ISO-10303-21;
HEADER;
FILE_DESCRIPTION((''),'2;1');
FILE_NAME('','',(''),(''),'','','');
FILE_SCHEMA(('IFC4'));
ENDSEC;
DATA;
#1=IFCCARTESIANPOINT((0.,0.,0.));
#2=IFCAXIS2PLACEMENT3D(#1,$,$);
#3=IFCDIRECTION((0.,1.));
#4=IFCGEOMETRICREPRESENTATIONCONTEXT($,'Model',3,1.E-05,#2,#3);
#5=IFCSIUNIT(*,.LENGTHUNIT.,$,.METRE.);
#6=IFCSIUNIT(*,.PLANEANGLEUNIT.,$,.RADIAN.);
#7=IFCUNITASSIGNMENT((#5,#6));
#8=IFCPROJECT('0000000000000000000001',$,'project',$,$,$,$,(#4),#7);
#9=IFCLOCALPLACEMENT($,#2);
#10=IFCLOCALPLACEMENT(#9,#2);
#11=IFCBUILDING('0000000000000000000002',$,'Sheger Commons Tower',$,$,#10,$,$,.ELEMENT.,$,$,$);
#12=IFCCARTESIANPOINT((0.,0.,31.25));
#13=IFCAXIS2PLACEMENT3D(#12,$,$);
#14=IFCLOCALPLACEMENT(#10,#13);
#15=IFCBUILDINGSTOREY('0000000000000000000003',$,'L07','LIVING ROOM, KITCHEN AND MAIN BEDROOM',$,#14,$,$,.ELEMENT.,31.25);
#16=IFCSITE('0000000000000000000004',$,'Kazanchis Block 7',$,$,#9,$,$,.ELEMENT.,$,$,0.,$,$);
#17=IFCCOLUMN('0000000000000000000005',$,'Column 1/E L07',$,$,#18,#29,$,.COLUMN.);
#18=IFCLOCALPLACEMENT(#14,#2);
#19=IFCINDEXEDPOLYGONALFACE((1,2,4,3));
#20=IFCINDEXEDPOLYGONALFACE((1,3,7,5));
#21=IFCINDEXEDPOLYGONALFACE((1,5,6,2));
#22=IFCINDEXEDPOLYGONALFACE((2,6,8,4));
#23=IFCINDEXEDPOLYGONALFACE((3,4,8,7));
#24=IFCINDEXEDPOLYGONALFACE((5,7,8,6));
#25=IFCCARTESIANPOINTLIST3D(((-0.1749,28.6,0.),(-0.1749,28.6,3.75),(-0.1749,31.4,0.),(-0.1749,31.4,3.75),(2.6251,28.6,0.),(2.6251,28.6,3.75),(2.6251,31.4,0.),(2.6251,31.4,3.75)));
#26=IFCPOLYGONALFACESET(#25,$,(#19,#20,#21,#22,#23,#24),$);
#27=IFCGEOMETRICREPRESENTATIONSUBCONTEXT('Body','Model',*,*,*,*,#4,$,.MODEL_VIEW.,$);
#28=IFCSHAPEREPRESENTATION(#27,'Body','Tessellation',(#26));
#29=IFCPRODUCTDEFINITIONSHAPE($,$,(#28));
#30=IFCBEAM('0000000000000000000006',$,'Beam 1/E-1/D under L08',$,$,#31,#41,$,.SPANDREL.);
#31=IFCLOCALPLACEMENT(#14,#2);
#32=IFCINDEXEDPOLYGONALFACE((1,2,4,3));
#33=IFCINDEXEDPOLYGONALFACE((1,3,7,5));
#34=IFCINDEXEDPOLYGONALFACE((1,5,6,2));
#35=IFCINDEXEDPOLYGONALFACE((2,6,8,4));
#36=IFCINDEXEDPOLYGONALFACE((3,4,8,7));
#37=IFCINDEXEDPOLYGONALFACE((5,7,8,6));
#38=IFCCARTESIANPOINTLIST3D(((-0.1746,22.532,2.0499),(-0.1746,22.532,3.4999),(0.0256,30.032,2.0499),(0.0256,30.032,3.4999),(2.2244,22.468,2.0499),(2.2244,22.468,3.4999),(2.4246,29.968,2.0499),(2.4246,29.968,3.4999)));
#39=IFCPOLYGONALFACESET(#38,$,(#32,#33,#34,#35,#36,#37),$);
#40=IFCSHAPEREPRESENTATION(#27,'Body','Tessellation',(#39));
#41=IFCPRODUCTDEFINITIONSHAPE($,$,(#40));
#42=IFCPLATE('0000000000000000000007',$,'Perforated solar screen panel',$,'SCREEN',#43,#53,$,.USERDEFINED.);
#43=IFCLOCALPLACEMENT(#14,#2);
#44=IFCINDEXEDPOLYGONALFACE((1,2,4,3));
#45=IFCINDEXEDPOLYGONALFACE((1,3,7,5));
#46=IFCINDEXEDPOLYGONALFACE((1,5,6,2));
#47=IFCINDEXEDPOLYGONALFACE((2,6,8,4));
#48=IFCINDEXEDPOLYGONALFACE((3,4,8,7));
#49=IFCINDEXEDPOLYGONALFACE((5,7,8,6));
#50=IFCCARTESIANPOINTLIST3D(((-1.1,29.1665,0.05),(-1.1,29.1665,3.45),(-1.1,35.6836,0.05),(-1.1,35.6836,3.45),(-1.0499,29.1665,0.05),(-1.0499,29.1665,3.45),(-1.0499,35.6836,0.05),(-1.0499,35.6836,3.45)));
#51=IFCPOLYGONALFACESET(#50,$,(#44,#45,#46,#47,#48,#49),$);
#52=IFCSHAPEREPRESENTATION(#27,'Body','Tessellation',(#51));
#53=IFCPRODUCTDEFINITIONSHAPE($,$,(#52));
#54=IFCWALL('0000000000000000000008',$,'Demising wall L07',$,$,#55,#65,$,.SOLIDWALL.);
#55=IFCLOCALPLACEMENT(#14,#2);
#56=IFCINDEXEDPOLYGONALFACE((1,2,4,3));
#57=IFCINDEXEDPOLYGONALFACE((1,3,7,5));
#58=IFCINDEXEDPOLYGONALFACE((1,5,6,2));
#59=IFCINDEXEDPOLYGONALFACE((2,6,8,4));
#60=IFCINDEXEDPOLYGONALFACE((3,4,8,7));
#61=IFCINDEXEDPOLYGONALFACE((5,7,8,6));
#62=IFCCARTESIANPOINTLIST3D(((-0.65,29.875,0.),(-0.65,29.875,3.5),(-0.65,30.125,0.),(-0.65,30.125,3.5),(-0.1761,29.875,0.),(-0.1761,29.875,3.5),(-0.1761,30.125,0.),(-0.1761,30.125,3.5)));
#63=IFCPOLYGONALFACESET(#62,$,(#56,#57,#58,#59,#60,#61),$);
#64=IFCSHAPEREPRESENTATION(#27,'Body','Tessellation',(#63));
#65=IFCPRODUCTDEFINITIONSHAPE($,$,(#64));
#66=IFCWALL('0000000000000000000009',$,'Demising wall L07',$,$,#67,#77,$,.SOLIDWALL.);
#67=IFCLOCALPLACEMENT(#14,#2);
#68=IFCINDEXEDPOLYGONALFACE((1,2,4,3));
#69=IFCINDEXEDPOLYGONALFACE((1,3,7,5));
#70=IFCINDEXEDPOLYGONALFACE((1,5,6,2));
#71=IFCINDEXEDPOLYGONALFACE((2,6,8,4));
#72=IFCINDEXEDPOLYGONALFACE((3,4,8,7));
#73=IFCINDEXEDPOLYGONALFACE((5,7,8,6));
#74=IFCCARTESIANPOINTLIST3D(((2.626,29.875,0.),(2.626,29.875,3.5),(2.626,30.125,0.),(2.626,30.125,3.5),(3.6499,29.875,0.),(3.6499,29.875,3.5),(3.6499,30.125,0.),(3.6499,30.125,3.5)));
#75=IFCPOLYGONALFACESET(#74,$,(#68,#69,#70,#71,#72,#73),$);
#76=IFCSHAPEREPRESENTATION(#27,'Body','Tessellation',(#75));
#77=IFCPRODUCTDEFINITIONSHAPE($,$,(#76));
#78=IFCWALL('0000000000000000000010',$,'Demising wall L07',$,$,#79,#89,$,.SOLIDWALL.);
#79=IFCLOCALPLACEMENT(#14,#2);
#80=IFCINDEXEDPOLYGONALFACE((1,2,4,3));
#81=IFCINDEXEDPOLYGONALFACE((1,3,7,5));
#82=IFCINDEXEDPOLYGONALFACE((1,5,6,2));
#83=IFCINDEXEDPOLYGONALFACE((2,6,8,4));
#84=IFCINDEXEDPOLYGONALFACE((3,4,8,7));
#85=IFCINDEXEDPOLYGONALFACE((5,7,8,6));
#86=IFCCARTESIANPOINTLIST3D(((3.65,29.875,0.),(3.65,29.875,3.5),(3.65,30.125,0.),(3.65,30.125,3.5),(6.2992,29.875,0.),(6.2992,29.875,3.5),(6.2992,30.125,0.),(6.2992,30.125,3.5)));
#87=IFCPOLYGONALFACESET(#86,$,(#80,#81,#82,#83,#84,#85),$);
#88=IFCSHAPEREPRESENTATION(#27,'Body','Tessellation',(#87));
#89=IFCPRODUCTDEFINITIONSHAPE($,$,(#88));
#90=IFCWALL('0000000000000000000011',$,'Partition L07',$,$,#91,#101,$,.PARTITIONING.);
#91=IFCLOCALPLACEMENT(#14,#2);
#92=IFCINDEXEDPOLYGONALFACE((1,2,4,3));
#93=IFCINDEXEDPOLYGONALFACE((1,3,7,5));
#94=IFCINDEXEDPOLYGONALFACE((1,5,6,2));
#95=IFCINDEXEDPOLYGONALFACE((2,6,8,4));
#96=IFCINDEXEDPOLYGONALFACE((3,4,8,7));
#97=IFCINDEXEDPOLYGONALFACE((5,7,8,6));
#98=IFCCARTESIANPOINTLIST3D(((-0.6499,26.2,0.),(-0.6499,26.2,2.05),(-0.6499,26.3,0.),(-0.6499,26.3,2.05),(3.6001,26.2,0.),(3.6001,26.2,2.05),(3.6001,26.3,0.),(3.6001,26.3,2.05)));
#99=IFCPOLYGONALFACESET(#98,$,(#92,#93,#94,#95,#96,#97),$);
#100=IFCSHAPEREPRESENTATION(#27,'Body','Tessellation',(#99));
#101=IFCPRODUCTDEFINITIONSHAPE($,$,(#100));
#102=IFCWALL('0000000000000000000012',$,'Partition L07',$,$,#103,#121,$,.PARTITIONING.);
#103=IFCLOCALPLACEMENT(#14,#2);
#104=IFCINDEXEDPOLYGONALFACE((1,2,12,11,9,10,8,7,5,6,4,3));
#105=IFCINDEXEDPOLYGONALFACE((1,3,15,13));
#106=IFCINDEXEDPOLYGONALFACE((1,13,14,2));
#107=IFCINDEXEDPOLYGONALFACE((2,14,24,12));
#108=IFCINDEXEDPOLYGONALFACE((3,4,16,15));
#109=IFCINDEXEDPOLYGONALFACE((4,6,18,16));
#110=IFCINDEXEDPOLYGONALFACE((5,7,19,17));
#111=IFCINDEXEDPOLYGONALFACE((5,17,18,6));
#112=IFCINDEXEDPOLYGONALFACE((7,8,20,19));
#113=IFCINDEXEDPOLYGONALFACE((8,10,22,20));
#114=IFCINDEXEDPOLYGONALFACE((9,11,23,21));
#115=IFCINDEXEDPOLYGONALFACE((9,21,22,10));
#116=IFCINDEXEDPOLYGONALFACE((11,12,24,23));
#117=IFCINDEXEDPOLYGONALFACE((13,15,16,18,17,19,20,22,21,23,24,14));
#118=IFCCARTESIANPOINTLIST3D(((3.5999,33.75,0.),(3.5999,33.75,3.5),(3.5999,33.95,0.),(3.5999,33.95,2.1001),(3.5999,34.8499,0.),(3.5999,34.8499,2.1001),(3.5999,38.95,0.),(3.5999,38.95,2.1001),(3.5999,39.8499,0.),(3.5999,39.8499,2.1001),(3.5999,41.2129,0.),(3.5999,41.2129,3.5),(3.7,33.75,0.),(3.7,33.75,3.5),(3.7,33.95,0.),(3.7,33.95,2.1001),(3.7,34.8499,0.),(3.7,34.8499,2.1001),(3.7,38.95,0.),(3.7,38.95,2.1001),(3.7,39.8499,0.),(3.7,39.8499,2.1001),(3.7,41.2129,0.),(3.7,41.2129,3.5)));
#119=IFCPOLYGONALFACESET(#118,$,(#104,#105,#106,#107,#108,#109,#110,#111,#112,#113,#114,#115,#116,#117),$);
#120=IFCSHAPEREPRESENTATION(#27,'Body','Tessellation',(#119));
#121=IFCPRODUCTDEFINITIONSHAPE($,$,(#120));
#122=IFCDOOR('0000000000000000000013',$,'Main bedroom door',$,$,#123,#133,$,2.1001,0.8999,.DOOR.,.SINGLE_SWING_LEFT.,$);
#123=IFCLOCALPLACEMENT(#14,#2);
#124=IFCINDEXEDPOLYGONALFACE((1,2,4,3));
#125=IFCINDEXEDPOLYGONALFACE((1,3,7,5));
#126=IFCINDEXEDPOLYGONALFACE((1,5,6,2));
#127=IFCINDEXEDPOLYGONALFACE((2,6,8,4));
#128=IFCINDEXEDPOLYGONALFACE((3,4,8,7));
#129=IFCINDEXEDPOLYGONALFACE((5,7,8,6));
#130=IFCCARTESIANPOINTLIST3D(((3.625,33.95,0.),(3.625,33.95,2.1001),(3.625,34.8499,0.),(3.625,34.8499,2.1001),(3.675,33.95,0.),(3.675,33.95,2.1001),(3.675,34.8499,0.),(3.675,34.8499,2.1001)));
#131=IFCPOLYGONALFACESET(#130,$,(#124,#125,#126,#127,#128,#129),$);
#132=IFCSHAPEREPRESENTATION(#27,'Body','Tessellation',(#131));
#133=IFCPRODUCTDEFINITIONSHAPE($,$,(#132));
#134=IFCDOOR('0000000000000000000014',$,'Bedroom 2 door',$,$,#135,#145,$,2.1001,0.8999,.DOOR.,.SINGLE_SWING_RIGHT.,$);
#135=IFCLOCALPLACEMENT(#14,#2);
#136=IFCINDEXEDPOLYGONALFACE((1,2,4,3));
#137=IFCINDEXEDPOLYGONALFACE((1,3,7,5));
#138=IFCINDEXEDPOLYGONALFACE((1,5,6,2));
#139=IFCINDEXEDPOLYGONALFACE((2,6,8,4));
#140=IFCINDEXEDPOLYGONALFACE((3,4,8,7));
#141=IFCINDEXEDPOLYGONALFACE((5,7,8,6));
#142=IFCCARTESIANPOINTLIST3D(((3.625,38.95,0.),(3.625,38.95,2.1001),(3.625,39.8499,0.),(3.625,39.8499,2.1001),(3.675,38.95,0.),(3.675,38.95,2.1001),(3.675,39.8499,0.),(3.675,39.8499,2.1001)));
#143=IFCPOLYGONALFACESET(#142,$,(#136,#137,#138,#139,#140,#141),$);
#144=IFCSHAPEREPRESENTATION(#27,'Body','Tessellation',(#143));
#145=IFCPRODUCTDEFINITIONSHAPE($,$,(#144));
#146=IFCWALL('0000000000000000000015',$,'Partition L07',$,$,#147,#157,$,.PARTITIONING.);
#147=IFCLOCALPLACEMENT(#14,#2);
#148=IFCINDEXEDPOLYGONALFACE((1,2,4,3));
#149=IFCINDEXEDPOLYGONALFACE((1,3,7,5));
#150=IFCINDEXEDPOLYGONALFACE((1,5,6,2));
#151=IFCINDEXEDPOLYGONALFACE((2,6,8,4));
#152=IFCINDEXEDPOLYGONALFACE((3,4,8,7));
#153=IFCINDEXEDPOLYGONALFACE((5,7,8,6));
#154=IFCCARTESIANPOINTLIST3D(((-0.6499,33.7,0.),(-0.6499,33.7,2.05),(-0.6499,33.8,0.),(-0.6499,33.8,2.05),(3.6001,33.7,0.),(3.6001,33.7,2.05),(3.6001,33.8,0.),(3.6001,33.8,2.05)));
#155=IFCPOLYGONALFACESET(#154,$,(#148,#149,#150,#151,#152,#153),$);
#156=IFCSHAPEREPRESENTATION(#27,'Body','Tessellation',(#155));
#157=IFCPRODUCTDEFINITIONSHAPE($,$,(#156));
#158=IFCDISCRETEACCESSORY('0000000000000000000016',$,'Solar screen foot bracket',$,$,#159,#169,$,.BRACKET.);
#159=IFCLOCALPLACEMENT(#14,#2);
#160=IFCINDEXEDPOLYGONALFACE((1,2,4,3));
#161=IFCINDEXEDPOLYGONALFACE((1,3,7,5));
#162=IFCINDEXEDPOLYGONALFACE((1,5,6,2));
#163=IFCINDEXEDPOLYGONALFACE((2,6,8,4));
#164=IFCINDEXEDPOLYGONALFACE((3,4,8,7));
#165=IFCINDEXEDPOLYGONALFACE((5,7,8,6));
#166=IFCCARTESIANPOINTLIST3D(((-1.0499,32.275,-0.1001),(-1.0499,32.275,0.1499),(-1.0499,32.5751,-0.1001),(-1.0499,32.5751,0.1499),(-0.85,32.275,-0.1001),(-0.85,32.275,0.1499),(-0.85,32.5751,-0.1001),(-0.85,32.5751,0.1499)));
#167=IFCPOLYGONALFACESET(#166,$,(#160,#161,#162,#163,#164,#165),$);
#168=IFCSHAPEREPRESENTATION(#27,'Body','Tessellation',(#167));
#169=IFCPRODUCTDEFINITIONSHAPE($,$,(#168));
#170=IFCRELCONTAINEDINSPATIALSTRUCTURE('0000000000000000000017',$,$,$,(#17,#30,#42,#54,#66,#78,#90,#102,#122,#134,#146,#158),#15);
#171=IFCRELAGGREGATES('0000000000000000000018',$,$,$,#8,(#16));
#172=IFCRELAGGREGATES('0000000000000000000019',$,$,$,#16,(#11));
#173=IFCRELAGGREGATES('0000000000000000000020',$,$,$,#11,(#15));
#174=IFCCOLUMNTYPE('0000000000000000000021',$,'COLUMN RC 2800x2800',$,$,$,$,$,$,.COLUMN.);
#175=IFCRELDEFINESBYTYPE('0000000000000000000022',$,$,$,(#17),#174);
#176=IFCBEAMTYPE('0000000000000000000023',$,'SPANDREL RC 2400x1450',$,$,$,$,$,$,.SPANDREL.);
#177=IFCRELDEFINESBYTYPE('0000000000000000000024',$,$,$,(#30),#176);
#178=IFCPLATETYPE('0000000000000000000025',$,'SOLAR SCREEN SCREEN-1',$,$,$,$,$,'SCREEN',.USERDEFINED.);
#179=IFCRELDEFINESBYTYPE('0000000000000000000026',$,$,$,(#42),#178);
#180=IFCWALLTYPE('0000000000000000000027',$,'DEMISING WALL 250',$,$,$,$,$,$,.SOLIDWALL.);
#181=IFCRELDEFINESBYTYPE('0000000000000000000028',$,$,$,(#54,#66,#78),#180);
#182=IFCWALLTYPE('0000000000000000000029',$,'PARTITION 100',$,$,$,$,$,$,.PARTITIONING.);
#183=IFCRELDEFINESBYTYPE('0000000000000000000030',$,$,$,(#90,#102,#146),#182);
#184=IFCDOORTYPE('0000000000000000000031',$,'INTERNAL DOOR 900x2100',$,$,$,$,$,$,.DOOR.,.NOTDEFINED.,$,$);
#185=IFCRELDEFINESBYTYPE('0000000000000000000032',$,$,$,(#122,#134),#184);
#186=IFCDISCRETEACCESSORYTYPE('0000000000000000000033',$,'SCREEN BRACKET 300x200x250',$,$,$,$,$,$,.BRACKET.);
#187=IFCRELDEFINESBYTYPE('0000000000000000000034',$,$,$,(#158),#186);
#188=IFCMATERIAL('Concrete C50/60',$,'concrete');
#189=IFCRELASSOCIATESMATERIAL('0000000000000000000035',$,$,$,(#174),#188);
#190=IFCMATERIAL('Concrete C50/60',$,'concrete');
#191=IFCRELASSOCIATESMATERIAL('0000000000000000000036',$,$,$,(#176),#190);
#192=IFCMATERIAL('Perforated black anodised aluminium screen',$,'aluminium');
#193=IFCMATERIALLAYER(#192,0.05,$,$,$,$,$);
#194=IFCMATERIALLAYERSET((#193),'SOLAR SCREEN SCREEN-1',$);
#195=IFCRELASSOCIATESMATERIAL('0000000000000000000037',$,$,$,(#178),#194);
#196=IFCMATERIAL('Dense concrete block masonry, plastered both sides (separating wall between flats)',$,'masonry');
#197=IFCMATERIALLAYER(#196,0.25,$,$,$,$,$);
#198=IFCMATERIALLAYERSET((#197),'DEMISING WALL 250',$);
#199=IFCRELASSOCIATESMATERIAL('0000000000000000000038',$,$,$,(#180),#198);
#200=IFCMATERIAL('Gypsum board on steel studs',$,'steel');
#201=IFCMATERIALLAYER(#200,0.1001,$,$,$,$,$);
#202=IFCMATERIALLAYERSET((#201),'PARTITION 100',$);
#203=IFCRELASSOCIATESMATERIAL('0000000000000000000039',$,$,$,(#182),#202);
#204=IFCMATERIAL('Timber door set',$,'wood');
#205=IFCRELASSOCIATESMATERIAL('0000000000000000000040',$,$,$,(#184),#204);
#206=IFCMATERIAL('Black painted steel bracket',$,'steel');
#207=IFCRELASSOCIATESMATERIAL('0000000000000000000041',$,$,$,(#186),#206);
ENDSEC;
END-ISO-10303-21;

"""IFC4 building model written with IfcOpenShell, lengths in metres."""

from ifc_helpers import new_model, si_unit, direction, frame, frame_2d, origin, origin_2d, place, context, subcontext, project, spatial, rectangle, extrude, material, layer, layer_set, material_profile, profile_set, type_object, element, fill, save


model = new_model("IFC4")

# Units and contexts
model_context = context("Model", 3, precision=1e-05, world=origin(), true_north=direction((0.0, 1.0)))
body_context = subcontext(model_context, "Body", "Model", "MODEL_VIEW")
ifc_project = project(units=[si_unit("LENGTHUNIT", "METRE"), si_unit("PLANEANGLEUNIT", "RADIAN")], contexts=[model_context])

# Site, building, storey
site_placement = place(None, origin())
site = spatial("IfcSite", under=ifc_project, at=site_placement, Name="Kazanchis Block 7", CompositionType="ELEMENT", RefElevation=0.0)
building_placement = place(site_placement, origin())
building = spatial("IfcBuilding", under=site, at=building_placement, Name="Sheger Commons Tower", CompositionType="ELEMENT")
storey_placement = place(building_placement, frame((0.0, 0.0, 31.25)))
storey = spatial("IfcBuildingStorey", under=building, at=storey_placement, Name="L07", Description="LIVING ROOM, KITCHEN AND MAIN BEDROOM", CompositionType="ELEMENT", Elevation=31.25)

# Column
ifc_material_1 = material(Name="Concrete C50/60", Category="concrete")
ifc_material_profile_1 = material_profile(ifc_material_1, rectangle(XDim=2.8, YDim=2.8, at=origin_2d()), Name="RC 2800x2800")
ifc_profile_set_1 = profile_set([ifc_material_profile_1], Name="Concrete C50/60")
column_type = type_object("IfcColumnType", Name="COLUMN RC 2800x2800", PredefinedType="COLUMN", material=ifc_profile_set_1)
column_placement = place(storey_placement, frame((1.2251, 30.0, 0.0), z_axis=(0.0, 0.0, 1.0), x_axis=(1.0, 0.0, 0.0)))
element("IfcColumn", 1, at=column_placement, inside=storey, type_object=column_type, Name="Column 1/E L07", PredefinedType="COLUMN", context=body_context, shape_type="SweptSolid", body=[
    extrude(rectangle(XDim=2.8, YDim=2.8, at=origin_2d()), origin(), (0.0, 0.0, 1.0), 3.75),
])

# Beam
ifc_material_2 = material(Name="Concrete C50/60", Category="concrete")
ifc_material_profile_2 = material_profile(ifc_material_2, rectangle(XDim=2.3999, YDim=1.45, at=origin_2d()), Name="RC 2400x1450")
ifc_profile_set_2 = profile_set([ifc_material_profile_2], Name="Concrete C50/60")
beam_type = type_object("IfcBeamType", Name="SPANDREL RC 2400x1450", PredefinedType="SPANDREL", material=ifc_profile_set_2)
beam_placement = place(storey_placement, frame((1.2251, 30.0, 2.7749), z_axis=(-0.026683, -0.999644, 0.0), x_axis=(0.999644, -0.026683, 0.0)))
element("IfcBeam", 2, at=beam_placement, inside=storey, type_object=beam_type, Name="Beam 1/E-1/D under L08", PredefinedType="SPANDREL", context=body_context, shape_type="SweptSolid", body=[
    extrude(rectangle(XDim=2.3999, YDim=1.45, at=origin_2d()), origin(), (0.0, 0.0, 1.0), 7.5027),
])

# Plate
ifc_material_3 = material(Name="Perforated black anodised aluminium screen", Category="aluminium")
ifc_layer_1 = layer(ifc_material_3, 0.05)
ifc_layer_set_1 = layer_set([ifc_layer_1], Name="SOLAR SCREEN SCREEN-1")
plate_type = type_object("IfcPlateType", Name="SOLAR SCREEN SCREEN-1", ElementType="SCREEN", PredefinedType="USERDEFINED", material=ifc_layer_set_1)
plate_placement = place(storey_placement, frame((-1.075, 32.425, 0.05), z_axis=(0.0, 0.0, 1.0), x_axis=(0.0, -1.0, 0.0)))
element("IfcPlate", 3, at=plate_placement, inside=storey, type_object=plate_type, Name="Perforated solar screen panel", ObjectType="SCREEN", PredefinedType="USERDEFINED", context=body_context, shape_type="SweptSolid", body=[
    extrude(rectangle(XDim=6.5171, YDim=0.05, at=origin_2d()), origin(), (0.0, 0.0, 1.0), 3.3999),
])

# Walls
ifc_material_4 = material(Name="Dense concrete block masonry, plastered both sides (separating wall between flats)", Category="masonry")
ifc_layer_2 = layer(ifc_material_4, 0.25)
ifc_layer_set_2 = layer_set([ifc_layer_2], Name="DEMISING WALL 250")
wall_type_1 = type_object("IfcWallType", Name="DEMISING WALL 250", PredefinedType="SOLIDWALL", material=ifc_layer_set_2)
wall_1_placement = place(storey_placement, frame((-0.6499, 30.0, 0.0), z_axis=(0.0, 0.0, 1.0), x_axis=(1.0, 0.0, 0.0)))
element("IfcWall", 4, at=wall_1_placement, inside=storey, type_object=wall_type_1, Name="Demising wall L07", PredefinedType="SOLIDWALL", context=body_context, shape_type="SweptSolid", body=[
    extrude(rectangle(XDim=0.4739, YDim=0.25, at=frame_2d((0.2368, 0.0))), origin(), (0.0, 0.0, 1.0), 3.5),
])
wall_2_placement = place(storey_placement, frame((2.626, 30.0, 0.0), z_axis=(0.0, 0.0, 1.0), x_axis=(1.0, 0.0, 0.0)))
element("IfcWall", 5, at=wall_2_placement, inside=storey, type_object=wall_type_1, Name="Demising wall L07", PredefinedType="SOLIDWALL", context=body_context, shape_type="SweptSolid", body=[
    extrude(rectangle(XDim=1.0239, YDim=0.25, at=frame_2d((0.512, 0.0))), origin(), (0.0, 0.0, 1.0), 3.5),
])
wall_3_placement = place(storey_placement, frame((3.6499, 30.0, 0.0), z_axis=(0.0, 0.0, 1.0), x_axis=(1.0, 0.0, 0.0)))
element("IfcWall", 6, at=wall_3_placement, inside=storey, type_object=wall_type_1, Name="Demising wall L07", PredefinedType="SOLIDWALL", context=body_context, shape_type="SweptSolid", body=[
    extrude(rectangle(XDim=2.6492, YDim=0.25, at=frame_2d((1.3247, 0.0))), origin(), (0.0, 0.0, 1.0), 3.5),
])
ifc_material_5 = material(Name="Gypsum board on steel studs", Category="steel")
ifc_layer_3 = layer(ifc_material_5, 0.1001)
ifc_layer_set_3 = layer_set([ifc_layer_3], Name="PARTITION 100")
wall_type_2 = type_object("IfcWallType", Name="PARTITION 100", PredefinedType="PARTITIONING", material=ifc_layer_set_3)
wall_4_placement = place(storey_placement, frame((-0.6499, 26.25, 0.0), z_axis=(0.0, 0.0, 1.0), x_axis=(1.0, 0.0, 0.0)))
element("IfcWall", 7, at=wall_4_placement, inside=storey, type_object=wall_type_2, Name="Partition L07", PredefinedType="PARTITIONING", context=body_context, shape_type="SweptSolid", body=[
    extrude(rectangle(XDim=4.25, YDim=0.1001, at=frame_2d((2.125, 0.0))), origin(), (0.0, 0.0, 1.0), 2.05),
])

# Wall, openings, doors
wall_5_placement = place(storey_placement, frame((3.6499, 33.75, 0.0), z_axis=(0.0, 0.0, 1.0), x_axis=(0.0, 1.0, 0.0)))
wall_5 = element("IfcWall", 8, at=wall_5_placement, inside=storey, type_object=wall_type_2, Name="Partition L07", PredefinedType="PARTITIONING", context=body_context, shape_type="SweptSolid", body=[
    extrude(rectangle(XDim=7.4629, YDim=0.1001, at=frame_2d((3.7314, 0.0))), origin(), (0.0, 0.0, 1.0), 3.5),
])
opening_1_placement = place(wall_5_placement, frame((0.2, 0.0, 0.0)))
opening_1 = element("IfcOpeningElement", 9, at=opening_1_placement, cuts=wall_5, PredefinedType="OPENING", context=body_context, shape_type="SweptSolid", body=[
    extrude(rectangle(XDim=0.8999, YDim=2.1001, at=frame_2d((0.45, 1.05))), frame((0.0, 0.0601, 0.0), z_axis=(0.0, -1.0, 0.0), x_axis=(1.0, 0.0, 0.0)), (0.0, 0.0, 1.0), 0.1201),
])
opening_2_placement = place(wall_5_placement, frame((5.2, 0.0, 0.0)))
opening_2 = element("IfcOpeningElement", 10, at=opening_2_placement, cuts=wall_5, PredefinedType="OPENING", context=body_context, shape_type="SweptSolid", body=[
    extrude(rectangle(XDim=0.8999, YDim=2.1001, at=frame_2d((0.45, 1.05))), frame((0.0, 0.0601, 0.0), z_axis=(0.0, -1.0, 0.0), x_axis=(1.0, 0.0, 0.0)), (0.0, 0.0, 1.0), 0.1201),
])
ifc_material_6 = material(Name="Timber door set", Category="wood")
door_type = type_object("IfcDoorType", Name="INTERNAL DOOR 900x2100", OperationType="NOTDEFINED", PredefinedType="DOOR", material=ifc_material_6)
door_1_placement = place(opening_1_placement, origin())
door_1 = element("IfcDoor", 11, at=door_1_placement, inside=storey, type_object=door_type, Name="Main bedroom door", OperationType="SINGLE_SWING_LEFT", OverallHeight=2.1001, OverallWidth=0.8999, PredefinedType="DOOR", context=body_context, shape_type="SweptSolid", body=[
    extrude(rectangle(XDim=0.8999, YDim=2.1001, at=frame_2d((0.45, 1.05))), frame((0.0, 0.0249, 0.0), z_axis=(0.0, -1.0, 0.0), x_axis=(1.0, 0.0, 0.0)), (0.0, 0.0, 1.0), 0.05),
])
fill(opening_1, door_1)
door_2_placement = place(opening_2_placement, origin())
door_2 = element("IfcDoor", 12, at=door_2_placement, inside=storey, type_object=door_type, Name="Bedroom 2 door", OperationType="SINGLE_SWING_RIGHT", OverallHeight=2.1001, OverallWidth=0.8999, PredefinedType="DOOR", context=body_context, shape_type="SweptSolid", body=[
    extrude(rectangle(XDim=0.8999, YDim=2.1001, at=frame_2d((0.45, 1.05))), frame((0.0, 0.0249, 0.0), z_axis=(0.0, -1.0, 0.0), x_axis=(1.0, 0.0, 0.0)), (0.0, 0.0, 1.0), 0.05),
])
fill(opening_2, door_2)

# Wall
wall_6_placement = place(storey_placement, frame((-0.6499, 33.75, 0.0), z_axis=(0.0, 0.0, 1.0), x_axis=(1.0, 0.0, 0.0)))
element("IfcWall", 13, at=wall_6_placement, inside=storey, type_object=wall_type_2, Name="Partition L07", PredefinedType="PARTITIONING", context=body_context, shape_type="SweptSolid", body=[
    extrude(rectangle(XDim=4.25, YDim=0.1001, at=frame_2d((2.125, 0.0))), origin(), (0.0, 0.0, 1.0), 2.05),
])

# Discrete accessory
ifc_material_7 = material(Name="Black painted steel bracket", Category="steel")
discrete_accessory_type = type_object("IfcDiscreteAccessoryType", Name="SCREEN BRACKET 300x200x250", PredefinedType="BRACKET", material=ifc_material_7)
for number, where, z_axis, x_axis, name in (
    (14, (-0.95, 32.425, -0.1001), (0.0, 0.0, 1.0), (0.0, -1.0, 0.0), "Solar screen foot bracket"),
):
    element("IfcDiscreteAccessory", number, at=place(storey_placement, frame(where, z_axis=z_axis, x_axis=x_axis)), inside=storey, type_object=discrete_accessory_type, Name=name, PredefinedType="BRACKET", context=body_context, shape_type="SweptSolid", body=[
        extrude(rectangle(XDim=0.3, YDim=0.2, at=origin_2d()), origin(), (0.0, 0.0, 1.0), 0.25),
    ])

save(model, "model.ifc")
